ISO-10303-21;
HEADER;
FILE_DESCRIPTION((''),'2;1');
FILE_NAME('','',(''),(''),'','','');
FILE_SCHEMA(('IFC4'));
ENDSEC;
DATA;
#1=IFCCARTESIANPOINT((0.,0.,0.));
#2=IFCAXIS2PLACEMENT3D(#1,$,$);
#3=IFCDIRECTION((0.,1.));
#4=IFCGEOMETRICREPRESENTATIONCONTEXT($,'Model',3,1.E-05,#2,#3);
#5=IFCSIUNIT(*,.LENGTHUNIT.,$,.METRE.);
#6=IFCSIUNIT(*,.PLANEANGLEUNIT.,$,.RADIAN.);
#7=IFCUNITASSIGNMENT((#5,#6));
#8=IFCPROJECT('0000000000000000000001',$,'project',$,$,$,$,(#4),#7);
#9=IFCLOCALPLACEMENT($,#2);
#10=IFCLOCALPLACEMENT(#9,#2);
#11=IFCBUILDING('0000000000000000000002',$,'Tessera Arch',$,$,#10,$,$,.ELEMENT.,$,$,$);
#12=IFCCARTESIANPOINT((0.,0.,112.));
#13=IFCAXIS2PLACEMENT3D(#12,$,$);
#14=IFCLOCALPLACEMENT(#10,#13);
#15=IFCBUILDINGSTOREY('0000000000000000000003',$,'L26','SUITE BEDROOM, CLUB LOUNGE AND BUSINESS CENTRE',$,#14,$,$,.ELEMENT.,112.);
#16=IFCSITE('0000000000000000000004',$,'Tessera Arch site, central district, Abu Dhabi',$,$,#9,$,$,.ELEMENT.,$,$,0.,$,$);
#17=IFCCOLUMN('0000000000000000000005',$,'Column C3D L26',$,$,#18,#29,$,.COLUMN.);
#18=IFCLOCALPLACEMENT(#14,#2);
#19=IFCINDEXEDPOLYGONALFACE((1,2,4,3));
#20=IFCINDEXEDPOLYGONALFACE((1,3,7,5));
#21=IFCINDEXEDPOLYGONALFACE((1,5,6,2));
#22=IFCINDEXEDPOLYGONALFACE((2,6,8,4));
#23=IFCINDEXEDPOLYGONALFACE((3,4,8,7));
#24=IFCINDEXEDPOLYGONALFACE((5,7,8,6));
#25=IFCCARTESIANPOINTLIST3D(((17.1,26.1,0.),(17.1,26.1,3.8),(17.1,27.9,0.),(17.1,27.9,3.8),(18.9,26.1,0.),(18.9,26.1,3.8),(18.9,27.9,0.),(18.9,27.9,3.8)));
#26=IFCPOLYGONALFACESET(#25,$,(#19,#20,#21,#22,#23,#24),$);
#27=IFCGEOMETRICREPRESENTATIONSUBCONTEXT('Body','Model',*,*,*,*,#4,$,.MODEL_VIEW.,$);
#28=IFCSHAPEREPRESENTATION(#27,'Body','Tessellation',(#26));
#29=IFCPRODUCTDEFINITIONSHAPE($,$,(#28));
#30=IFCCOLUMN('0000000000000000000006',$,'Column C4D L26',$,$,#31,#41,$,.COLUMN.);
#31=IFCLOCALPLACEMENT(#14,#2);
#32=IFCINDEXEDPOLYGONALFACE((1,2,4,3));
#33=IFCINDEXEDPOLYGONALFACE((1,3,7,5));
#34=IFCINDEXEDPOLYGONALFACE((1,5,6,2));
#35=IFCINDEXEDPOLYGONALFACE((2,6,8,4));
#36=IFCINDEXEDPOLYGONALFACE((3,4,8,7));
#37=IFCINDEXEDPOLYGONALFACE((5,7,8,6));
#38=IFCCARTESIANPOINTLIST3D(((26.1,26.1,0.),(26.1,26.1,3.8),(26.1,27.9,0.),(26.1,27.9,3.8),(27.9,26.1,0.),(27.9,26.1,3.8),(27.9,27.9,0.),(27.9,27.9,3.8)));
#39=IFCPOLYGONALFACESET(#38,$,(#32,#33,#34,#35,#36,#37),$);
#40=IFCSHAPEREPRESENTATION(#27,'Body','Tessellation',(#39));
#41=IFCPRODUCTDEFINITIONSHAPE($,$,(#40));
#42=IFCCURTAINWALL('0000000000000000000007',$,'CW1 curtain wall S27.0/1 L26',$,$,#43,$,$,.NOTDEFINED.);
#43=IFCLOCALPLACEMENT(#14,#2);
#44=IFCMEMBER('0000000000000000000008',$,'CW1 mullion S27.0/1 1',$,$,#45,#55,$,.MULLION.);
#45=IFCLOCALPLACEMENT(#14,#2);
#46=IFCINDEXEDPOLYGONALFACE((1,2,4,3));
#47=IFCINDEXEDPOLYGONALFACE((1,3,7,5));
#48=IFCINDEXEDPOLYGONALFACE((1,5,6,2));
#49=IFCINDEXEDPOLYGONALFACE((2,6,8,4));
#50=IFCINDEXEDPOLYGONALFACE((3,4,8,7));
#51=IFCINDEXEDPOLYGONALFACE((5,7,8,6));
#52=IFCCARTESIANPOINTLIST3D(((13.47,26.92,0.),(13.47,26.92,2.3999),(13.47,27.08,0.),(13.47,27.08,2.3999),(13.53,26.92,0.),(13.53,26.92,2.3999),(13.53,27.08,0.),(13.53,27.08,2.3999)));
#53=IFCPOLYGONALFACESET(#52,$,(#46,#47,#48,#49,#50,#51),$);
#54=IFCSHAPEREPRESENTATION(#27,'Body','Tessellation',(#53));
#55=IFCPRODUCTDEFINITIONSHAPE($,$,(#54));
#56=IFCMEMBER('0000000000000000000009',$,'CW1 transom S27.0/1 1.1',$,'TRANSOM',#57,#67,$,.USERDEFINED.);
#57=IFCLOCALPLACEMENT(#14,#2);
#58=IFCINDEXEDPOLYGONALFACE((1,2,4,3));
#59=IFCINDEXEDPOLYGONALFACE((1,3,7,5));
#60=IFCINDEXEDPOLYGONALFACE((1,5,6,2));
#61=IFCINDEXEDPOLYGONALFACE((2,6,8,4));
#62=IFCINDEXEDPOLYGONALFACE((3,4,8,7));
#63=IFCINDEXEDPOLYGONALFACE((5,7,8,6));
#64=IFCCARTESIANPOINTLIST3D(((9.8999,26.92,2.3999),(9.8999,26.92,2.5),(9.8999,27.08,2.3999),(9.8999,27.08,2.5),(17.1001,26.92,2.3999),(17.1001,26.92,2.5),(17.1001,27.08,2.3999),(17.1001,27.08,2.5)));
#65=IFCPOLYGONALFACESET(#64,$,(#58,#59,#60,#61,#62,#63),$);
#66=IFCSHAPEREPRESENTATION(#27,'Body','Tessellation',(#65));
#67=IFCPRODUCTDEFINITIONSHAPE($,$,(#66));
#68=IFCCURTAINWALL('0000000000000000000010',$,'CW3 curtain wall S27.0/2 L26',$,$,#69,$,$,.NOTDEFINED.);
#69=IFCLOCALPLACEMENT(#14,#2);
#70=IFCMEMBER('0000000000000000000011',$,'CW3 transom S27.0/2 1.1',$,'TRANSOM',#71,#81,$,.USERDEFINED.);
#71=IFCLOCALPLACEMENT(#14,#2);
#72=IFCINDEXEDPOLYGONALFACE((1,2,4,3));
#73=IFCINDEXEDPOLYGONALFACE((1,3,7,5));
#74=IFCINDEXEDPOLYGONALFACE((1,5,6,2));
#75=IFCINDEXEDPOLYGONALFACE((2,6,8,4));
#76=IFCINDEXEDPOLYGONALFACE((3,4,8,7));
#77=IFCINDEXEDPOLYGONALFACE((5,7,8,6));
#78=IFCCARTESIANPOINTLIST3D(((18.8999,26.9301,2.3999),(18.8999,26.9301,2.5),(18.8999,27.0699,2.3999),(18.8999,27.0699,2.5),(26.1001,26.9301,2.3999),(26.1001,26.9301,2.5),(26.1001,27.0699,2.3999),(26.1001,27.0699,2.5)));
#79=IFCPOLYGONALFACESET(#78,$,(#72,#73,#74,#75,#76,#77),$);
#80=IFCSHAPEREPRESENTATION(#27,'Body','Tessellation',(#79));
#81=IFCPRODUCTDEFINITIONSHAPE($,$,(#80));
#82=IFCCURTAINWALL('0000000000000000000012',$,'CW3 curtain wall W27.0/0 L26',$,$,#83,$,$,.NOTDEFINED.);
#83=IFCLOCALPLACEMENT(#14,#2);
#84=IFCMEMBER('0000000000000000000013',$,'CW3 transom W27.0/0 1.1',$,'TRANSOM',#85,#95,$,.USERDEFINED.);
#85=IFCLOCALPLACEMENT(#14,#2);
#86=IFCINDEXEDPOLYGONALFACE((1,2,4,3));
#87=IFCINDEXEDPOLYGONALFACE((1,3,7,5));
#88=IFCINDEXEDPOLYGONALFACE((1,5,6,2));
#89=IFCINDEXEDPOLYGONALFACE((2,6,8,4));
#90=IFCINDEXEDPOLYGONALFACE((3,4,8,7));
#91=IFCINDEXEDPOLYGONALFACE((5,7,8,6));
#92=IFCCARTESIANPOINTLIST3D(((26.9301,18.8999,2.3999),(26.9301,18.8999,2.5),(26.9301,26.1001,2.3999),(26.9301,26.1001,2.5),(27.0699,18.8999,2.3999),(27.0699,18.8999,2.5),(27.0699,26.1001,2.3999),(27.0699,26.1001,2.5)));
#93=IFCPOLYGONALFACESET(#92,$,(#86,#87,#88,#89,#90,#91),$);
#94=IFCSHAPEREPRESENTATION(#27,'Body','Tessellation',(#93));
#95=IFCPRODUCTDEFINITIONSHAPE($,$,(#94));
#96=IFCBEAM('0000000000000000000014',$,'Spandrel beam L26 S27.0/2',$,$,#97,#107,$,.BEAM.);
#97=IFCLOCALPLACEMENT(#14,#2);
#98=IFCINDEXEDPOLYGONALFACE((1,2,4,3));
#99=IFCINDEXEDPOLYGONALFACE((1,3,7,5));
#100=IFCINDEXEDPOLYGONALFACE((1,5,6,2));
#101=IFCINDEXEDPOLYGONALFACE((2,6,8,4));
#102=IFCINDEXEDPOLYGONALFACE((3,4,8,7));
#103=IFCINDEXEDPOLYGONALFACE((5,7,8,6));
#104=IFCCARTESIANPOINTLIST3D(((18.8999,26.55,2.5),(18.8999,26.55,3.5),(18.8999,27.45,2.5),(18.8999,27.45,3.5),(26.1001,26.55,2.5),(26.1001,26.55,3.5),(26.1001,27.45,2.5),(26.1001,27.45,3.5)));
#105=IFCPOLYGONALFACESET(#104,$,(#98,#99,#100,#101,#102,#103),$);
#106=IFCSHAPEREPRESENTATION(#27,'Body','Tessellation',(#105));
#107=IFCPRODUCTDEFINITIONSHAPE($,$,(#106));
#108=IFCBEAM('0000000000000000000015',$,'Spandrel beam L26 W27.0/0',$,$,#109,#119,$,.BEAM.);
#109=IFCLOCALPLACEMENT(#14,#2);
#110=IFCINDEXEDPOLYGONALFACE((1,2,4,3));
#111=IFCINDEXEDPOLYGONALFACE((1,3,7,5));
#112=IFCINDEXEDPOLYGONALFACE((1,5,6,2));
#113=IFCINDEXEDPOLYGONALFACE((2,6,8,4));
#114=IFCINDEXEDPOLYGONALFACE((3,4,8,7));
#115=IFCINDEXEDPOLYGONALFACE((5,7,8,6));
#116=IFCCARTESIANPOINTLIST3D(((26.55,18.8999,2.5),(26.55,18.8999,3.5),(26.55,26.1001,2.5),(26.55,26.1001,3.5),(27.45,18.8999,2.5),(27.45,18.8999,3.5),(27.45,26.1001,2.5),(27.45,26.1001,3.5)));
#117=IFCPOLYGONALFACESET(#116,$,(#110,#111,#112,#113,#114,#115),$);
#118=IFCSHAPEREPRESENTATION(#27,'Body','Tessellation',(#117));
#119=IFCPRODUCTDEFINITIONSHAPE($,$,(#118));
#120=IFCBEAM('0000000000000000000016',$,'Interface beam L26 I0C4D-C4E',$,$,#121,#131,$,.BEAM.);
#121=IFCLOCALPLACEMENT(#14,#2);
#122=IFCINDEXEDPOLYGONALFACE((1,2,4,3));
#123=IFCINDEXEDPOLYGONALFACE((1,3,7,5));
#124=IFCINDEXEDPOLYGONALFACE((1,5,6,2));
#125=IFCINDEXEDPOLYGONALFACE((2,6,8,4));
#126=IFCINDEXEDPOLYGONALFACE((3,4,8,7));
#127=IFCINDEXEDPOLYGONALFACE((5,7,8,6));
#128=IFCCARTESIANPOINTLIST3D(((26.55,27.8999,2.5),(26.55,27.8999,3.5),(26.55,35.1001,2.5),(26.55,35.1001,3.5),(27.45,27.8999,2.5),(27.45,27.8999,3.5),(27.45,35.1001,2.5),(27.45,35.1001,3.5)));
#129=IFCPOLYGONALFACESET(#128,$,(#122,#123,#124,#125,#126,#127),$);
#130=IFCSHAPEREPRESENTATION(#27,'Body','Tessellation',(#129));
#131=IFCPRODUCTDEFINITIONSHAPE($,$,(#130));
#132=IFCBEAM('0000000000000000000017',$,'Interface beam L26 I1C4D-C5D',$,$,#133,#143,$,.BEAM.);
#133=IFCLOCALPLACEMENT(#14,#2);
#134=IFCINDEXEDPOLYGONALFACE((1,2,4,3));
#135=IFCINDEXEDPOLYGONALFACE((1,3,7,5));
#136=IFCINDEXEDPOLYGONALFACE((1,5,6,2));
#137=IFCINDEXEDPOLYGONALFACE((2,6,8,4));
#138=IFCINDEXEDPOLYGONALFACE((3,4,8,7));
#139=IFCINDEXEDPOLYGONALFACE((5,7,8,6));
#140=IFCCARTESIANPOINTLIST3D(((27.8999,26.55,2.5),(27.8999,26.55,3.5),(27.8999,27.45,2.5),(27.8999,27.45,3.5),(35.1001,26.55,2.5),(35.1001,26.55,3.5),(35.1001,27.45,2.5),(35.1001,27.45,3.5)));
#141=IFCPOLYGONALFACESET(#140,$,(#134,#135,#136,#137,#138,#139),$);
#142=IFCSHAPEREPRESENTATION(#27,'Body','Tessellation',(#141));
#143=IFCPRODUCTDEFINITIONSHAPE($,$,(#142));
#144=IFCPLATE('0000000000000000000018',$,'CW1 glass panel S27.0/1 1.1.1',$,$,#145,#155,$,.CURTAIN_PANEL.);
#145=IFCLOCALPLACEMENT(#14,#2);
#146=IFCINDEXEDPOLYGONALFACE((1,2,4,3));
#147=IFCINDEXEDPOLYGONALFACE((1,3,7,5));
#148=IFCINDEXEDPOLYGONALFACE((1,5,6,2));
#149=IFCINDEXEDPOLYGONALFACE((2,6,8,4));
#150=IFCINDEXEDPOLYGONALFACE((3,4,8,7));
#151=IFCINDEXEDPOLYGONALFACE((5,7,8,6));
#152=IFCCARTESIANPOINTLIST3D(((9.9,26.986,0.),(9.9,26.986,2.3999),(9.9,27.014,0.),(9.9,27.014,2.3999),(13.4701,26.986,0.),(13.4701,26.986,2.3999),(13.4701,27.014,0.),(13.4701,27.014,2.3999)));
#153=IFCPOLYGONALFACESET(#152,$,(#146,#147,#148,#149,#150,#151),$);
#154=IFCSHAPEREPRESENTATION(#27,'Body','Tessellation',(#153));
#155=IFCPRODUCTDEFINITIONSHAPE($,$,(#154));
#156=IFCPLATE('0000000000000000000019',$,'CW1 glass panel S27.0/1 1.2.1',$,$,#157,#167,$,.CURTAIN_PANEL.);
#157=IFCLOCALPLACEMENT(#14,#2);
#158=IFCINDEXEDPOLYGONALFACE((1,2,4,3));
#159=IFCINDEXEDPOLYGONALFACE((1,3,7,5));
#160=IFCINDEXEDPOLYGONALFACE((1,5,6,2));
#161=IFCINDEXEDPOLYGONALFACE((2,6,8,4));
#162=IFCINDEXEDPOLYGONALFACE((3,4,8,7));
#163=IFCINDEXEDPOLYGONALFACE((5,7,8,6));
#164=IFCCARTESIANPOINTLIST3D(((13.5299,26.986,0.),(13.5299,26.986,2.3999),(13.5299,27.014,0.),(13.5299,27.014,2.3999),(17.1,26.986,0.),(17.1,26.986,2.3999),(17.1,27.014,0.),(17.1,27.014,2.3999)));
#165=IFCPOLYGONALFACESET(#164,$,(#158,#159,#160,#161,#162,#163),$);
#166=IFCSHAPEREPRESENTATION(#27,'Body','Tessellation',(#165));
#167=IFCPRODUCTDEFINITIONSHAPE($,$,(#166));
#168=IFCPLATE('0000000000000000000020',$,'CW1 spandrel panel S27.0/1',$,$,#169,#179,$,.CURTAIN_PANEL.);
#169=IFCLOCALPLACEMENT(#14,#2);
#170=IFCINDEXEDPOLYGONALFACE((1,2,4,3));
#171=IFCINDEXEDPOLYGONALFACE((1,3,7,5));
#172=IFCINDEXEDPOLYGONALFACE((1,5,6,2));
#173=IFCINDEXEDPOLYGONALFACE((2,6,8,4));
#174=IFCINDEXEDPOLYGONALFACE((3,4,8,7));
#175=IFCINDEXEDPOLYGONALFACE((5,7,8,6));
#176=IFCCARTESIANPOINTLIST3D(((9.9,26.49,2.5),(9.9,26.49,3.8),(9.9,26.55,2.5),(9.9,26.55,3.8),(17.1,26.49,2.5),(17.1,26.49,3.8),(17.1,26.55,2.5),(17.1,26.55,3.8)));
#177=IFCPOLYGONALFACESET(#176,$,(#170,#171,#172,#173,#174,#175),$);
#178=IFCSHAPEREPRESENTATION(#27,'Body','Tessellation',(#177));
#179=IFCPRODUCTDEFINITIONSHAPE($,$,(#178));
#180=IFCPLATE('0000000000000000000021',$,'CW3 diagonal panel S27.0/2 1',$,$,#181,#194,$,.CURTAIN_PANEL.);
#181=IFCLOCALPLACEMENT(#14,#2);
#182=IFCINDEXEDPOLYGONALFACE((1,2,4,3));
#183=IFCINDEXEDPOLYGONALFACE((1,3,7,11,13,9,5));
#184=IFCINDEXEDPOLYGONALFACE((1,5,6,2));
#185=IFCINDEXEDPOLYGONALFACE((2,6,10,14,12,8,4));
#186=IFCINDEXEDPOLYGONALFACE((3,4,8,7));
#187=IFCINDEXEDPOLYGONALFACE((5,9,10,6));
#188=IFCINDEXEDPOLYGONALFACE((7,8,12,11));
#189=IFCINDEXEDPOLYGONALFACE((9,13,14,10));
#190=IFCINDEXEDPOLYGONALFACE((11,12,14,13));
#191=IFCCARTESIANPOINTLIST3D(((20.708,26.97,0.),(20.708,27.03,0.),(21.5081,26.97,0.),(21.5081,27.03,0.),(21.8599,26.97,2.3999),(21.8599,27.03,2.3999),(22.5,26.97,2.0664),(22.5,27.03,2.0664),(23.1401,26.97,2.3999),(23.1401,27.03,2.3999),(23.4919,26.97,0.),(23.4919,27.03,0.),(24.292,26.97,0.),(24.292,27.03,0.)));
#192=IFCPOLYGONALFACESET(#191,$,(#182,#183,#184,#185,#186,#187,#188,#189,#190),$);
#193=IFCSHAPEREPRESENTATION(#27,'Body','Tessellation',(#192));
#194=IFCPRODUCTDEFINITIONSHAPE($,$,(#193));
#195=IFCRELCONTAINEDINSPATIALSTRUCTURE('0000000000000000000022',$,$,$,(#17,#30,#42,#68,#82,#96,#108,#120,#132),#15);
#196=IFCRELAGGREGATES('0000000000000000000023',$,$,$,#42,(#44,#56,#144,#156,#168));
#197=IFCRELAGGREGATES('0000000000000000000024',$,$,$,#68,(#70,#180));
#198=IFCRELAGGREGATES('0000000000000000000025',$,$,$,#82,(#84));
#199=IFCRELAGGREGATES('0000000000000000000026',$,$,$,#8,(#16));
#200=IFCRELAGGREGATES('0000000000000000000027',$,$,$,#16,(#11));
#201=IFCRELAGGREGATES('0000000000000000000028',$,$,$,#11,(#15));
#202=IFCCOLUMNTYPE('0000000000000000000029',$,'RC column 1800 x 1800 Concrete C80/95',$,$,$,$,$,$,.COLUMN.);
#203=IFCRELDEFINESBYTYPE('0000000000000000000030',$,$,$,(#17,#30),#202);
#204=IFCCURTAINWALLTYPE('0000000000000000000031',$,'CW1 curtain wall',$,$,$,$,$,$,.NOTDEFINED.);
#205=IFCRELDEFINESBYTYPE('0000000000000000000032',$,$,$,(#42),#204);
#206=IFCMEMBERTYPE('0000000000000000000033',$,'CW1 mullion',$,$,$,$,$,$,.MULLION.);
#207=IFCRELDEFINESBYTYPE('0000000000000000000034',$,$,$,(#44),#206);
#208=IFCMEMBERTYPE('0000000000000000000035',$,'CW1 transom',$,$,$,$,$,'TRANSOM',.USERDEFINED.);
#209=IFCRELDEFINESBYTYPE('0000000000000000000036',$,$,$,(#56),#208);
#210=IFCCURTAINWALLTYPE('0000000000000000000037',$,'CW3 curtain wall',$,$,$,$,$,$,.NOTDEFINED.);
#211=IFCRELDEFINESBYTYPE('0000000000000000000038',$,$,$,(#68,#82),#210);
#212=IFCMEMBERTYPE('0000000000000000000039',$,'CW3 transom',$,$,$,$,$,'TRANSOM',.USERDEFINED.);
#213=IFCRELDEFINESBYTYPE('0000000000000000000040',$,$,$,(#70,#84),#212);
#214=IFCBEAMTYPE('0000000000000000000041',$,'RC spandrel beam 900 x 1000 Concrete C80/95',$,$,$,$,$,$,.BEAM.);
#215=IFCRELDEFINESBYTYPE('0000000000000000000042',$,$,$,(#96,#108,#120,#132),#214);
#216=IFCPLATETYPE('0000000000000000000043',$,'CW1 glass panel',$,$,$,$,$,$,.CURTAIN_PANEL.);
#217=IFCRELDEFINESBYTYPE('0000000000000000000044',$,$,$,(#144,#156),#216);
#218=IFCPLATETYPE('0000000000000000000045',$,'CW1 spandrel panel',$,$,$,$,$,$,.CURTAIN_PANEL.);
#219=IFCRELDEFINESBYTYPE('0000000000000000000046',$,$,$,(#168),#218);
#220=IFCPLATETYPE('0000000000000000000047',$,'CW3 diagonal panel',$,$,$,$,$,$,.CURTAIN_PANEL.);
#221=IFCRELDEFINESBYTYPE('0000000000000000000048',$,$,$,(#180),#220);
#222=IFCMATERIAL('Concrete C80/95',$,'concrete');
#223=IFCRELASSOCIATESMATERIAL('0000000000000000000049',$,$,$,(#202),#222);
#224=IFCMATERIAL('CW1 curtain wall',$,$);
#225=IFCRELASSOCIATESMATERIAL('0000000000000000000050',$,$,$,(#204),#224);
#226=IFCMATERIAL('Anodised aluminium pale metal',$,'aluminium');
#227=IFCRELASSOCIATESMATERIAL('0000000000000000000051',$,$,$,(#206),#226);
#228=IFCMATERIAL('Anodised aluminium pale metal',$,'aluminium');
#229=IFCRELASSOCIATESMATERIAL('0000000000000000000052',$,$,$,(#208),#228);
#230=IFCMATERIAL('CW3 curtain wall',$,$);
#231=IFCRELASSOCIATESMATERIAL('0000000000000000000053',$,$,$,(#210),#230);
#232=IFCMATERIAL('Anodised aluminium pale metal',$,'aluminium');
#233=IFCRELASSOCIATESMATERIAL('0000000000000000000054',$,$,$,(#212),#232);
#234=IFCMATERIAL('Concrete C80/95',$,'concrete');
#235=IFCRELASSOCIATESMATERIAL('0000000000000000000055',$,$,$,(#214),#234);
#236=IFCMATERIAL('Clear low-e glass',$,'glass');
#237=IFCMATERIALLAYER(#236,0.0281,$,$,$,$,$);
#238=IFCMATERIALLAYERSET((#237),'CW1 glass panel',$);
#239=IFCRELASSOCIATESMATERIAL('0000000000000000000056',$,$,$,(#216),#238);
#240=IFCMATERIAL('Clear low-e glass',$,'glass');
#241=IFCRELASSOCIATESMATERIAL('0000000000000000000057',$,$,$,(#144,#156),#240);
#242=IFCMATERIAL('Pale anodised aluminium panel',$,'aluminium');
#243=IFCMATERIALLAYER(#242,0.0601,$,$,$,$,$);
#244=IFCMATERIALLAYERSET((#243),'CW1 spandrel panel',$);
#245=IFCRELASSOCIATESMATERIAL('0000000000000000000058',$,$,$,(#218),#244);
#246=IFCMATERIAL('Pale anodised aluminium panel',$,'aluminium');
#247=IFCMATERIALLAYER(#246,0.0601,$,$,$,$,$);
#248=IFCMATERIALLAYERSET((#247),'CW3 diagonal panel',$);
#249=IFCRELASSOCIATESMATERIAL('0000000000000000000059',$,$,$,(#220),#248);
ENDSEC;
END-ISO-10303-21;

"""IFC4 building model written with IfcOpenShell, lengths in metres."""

from ifc_helpers import new_model, si_unit, direction, frame, origin, origin_2d, place, context, subcontext, project, spatial, polyline, rectangle, outline, extrude, material, layer, layer_set, material_profile, profile_set, type_object, element, aggregate, save


model = new_model("IFC4")

# Units and contexts
model_context = context("Model", 3, precision=1e-05, world=origin(), true_north=direction((0.0, 1.0)))
body_context = subcontext(model_context, "Body", "Model", "MODEL_VIEW")
ifc_project = project(units=[si_unit("LENGTHUNIT", "METRE"), si_unit("PLANEANGLEUNIT", "RADIAN")], contexts=[model_context])

# Site, building, storey
site_placement = place(None, origin())
site = spatial("IfcSite", under=ifc_project, at=site_placement, Name="Tessera Arch site, central district, Abu Dhabi", CompositionType="ELEMENT", RefElevation=0.0)
building_placement = place(site_placement, origin())
building = spatial("IfcBuilding", under=site, at=building_placement, Name="Tessera Arch", CompositionType="ELEMENT")
storey_placement = place(building_placement, frame((0.0, 0.0, 112.0)))
storey = spatial("IfcBuildingStorey", under=building, at=storey_placement, Name="L26", Description="SUITE BEDROOM, CLUB LOUNGE AND BUSINESS CENTRE", CompositionType="ELEMENT", Elevation=112.0)

# Columns
ifc_material_1 = material(Name="Concrete C80/95", Category="concrete")
ifc_material_profile_1 = material_profile(ifc_material_1, rectangle(XDim=1.8, YDim=1.8, at=origin_2d()), Name="RC column 1800 x 1800 Concrete C80/95")
ifc_profile_set_1 = profile_set([ifc_material_profile_1], Name="Concrete C80/95")
column_type = type_object("IfcColumnType", Name="RC column 1800 x 1800 Concrete C80/95", PredefinedType="COLUMN", material=ifc_profile_set_1)
for number, where, z_axis, x_axis, name in (
    (1, (18.0, 27.0, 0.0), (0.0, 0.0, 1.0), (1.0, 0.0, 0.0), "Column C3D L26"),
    (2, (27.0, 27.0, 0.0), (0.0, 0.0, 1.0), (1.0, 0.0, 0.0), "Column C4D L26"),
):
    element("IfcColumn", number, at=place(storey_placement, frame(where, z_axis=z_axis, x_axis=x_axis)), inside=storey, type_object=column_type, Name=name, PredefinedType="COLUMN", context=body_context, shape_type="SweptSolid", body=[
        extrude(rectangle(XDim=1.8, YDim=1.8, at=origin_2d()), origin(), (0.0, 0.0, 1.0), 3.8),
    ])

# Curtain wall, members
ifc_material_2 = material(Name="CW1 curtain wall")
curtain_wall_type_1 = type_object("IfcCurtainWallType", Name="CW1 curtain wall", PredefinedType="NOTDEFINED", material=ifc_material_2)
curtain_wall_1_placement = place(storey_placement, origin())
curtain_wall_1 = element("IfcCurtainWall", 3, at=curtain_wall_1_placement, inside=storey, type_object=curtain_wall_type_1, Name="CW1 curtain wall S27.0/1 L26", PredefinedType="NOTDEFINED")
ifc_material_3 = material(Name="Anodised aluminium pale metal", Category="aluminium")
ifc_material_profile_2 = material_profile(ifc_material_3, rectangle(XDim=0.1599, YDim=0.0601, at=origin_2d()), Name="AL 60x160")
ifc_profile_set_2 = profile_set([ifc_material_profile_2], Name="Anodised aluminium pale metal")
member_type_1 = type_object("IfcMemberType", Name="CW1 mullion", PredefinedType="MULLION", material=ifc_profile_set_2)
member_1_placement = place(storey_placement, frame((13.5, 27.0, 0.0), z_axis=(0.0, 0.0, 1.0), x_axis=(0.0, 1.0, 0.0)))
member_1 = element("IfcMember", 4, at=member_1_placement, type_object=member_type_1, Name="CW1 mullion S27.0/1 1", PredefinedType="MULLION", context=body_context, shape_type="SweptSolid", body=[
    extrude(rectangle(XDim=0.1599, YDim=0.0601, at=origin_2d()), origin(), (0.0, 0.0, 1.0), 2.3999),
])
ifc_material_4 = material(Name="Anodised aluminium pale metal", Category="aluminium")
ifc_material_profile_3 = material_profile(ifc_material_4, rectangle(XDim=0.1599, YDim=0.1001, at=origin_2d()), Name="AL 160x100")
ifc_profile_set_3 = profile_set([ifc_material_profile_3], Name="Anodised aluminium pale metal")
member_type_2 = type_object("IfcMemberType", Name="CW1 transom", ElementType="TRANSOM", PredefinedType="USERDEFINED", material=ifc_profile_set_3)
member_2_placement = place(storey_placement, frame((9.8999, 27.0, 2.45), z_axis=(1.0, 0.0, 0.0), x_axis=(0.0, 1.0, 0.0)))
member_2 = element("IfcMember", 5, at=member_2_placement, type_object=member_type_2, Name="CW1 transom S27.0/1 1.1", ObjectType="TRANSOM", PredefinedType="USERDEFINED", context=body_context, shape_type="SweptSolid", body=[
    extrude(rectangle(XDim=0.1599, YDim=0.1001, at=origin_2d()), origin(), (0.0, 0.0, 1.0), 7.2002),
])

# Curtain walls, members
ifc_material_5 = material(Name="CW3 curtain wall")
curtain_wall_type_2 = type_object("IfcCurtainWallType", Name="CW3 curtain wall", PredefinedType="NOTDEFINED", material=ifc_material_5)
curtain_wall_2_placement = place(storey_placement, origin())
curtain_wall_2 = element("IfcCurtainWall", 6, at=curtain_wall_2_placement, inside=storey, type_object=curtain_wall_type_2, Name="CW3 curtain wall S27.0/2 L26", PredefinedType="NOTDEFINED")
ifc_material_6 = material(Name="Anodised aluminium pale metal", Category="aluminium")
ifc_material_profile_4 = material_profile(ifc_material_6, rectangle(XDim=0.1399, YDim=0.1001, at=origin_2d()), Name="AL 140x100")
ifc_profile_set_4 = profile_set([ifc_material_profile_4], Name="Anodised aluminium pale metal")
member_type_3 = type_object("IfcMemberType", Name="CW3 transom", ElementType="TRANSOM", PredefinedType="USERDEFINED", material=ifc_profile_set_4)
member_3_placement = place(storey_placement, frame((18.8999, 27.0, 2.45), z_axis=(1.0, 0.0, 0.0), x_axis=(0.0, 1.0, 0.0)))
member_3 = element("IfcMember", 7, at=member_3_placement, type_object=member_type_3, Name="CW3 transom S27.0/2 1.1", ObjectType="TRANSOM", PredefinedType="USERDEFINED", context=body_context, shape_type="SweptSolid", body=[
    extrude(rectangle(XDim=0.1399, YDim=0.1001, at=origin_2d()), origin(), (0.0, 0.0, 1.0), 7.2002),
])
curtain_wall_3_placement = place(storey_placement, origin())
curtain_wall_3 = element("IfcCurtainWall", 8, at=curtain_wall_3_placement, inside=storey, type_object=curtain_wall_type_2, Name="CW3 curtain wall W27.0/0 L26", PredefinedType="NOTDEFINED")
member_4_placement = place(storey_placement, frame((27.0, 26.1001, 2.45), z_axis=(0.0, -1.0, 0.0), x_axis=(1.0, 0.0, 0.0)))
member_4 = element("IfcMember", 9, at=member_4_placement, type_object=member_type_3, Name="CW3 transom W27.0/0 1.1", ObjectType="TRANSOM", PredefinedType="USERDEFINED", context=body_context, shape_type="SweptSolid", body=[
    extrude(rectangle(XDim=0.1399, YDim=0.1001, at=origin_2d()), origin(), (0.0, 0.0, 1.0), 7.2002),
])

# Beams
ifc_material_7 = material(Name="Concrete C80/95", Category="concrete")
ifc_material_profile_5 = material_profile(ifc_material_7, rectangle(XDim=0.8999, YDim=1.0, at=origin_2d()), Name="RC spandrel beam 900 x 1000 Concrete C80/95")
ifc_profile_set_5 = profile_set([ifc_material_profile_5], Name="Concrete C80/95")
beam_type = type_object("IfcBeamType", Name="RC spandrel beam 900 x 1000 Concrete C80/95", PredefinedType="BEAM", material=ifc_profile_set_5)
for number, where, z_axis, x_axis, name in (
    (10, (18.8999, 27.0, 3.0), (1.0, 0.0, 0.0), (0.0, 1.0, 0.0), "Spandrel beam L26 S27.0/2"),
    (11, (27.0, 26.1001, 3.0), (0.0, -1.0, 0.0), (1.0, 0.0, 0.0), "Spandrel beam L26 W27.0/0"),
    (12, (27.0, 27.8999, 3.0), (0.0, 1.0, 0.0), (-1.0, 0.0, 0.0), "Interface beam L26 I0C4D-C4E"),
    (13, (27.8999, 27.0, 3.0), (1.0, 0.0, 0.0), (0.0, 1.0, 0.0), "Interface beam L26 I1C4D-C5D"),
):
    element("IfcBeam", number, at=place(storey_placement, frame(where, z_axis=z_axis, x_axis=x_axis)), inside=storey, type_object=beam_type, Name=name, PredefinedType="BEAM", context=body_context, shape_type="SweptSolid", body=[
        extrude(rectangle(XDim=0.8999, YDim=1.0, at=origin_2d()), origin(), (0.0, 0.0, 1.0), 7.2002),
    ])

# Plates
ifc_material_8 = material(Name="Clear low-e glass", Category="glass")
ifc_material_9 = material(Name="Clear low-e glass", Category="glass")
ifc_layer_1 = layer(ifc_material_9, 0.0281)
ifc_layer_set_1 = layer_set([ifc_layer_1], Name="CW1 glass panel")
plate_type_1 = type_object("IfcPlateType", Name="CW1 glass panel", PredefinedType="CURTAIN_PANEL", material=ifc_layer_set_1)
plate_1_placement = place(storey_placement, frame((11.6851, 27.0, 0.0), z_axis=(0.0, 0.0, 1.0), x_axis=(1.0, 0.0, 0.0)))
plate_1 = element("IfcPlate", 14, at=plate_1_placement, type_object=plate_type_1, material=ifc_material_8, Name="CW1 glass panel S27.0/1 1.1.1", PredefinedType="CURTAIN_PANEL", context=body_context, shape_type="SweptSolid", body=[
    extrude(rectangle(XDim=3.5701, YDim=0.0281, at=origin_2d()), origin(), (0.0, 0.0, 1.0), 2.3999),
])
plate_2_placement = place(storey_placement, frame((15.3149, 27.0, 0.0), z_axis=(0.0, 0.0, 1.0), x_axis=(1.0, 0.0, 0.0)))
plate_2 = element("IfcPlate", 15, at=plate_2_placement, type_object=plate_type_1, material=ifc_material_8, Name="CW1 glass panel S27.0/1 1.2.1", PredefinedType="CURTAIN_PANEL", context=body_context, shape_type="SweptSolid", body=[
    extrude(rectangle(XDim=3.5701, YDim=0.0281, at=origin_2d()), origin(), (0.0, 0.0, 1.0), 2.3999),
])
ifc_material_10 = material(Name="Pale anodised aluminium panel", Category="aluminium")
ifc_layer_2 = layer(ifc_material_10, 0.0601)
ifc_layer_set_2 = layer_set([ifc_layer_2], Name="CW1 spandrel panel")
plate_type_2 = type_object("IfcPlateType", Name="CW1 spandrel panel", PredefinedType="CURTAIN_PANEL", material=ifc_layer_set_2)
plate_3_placement = place(storey_placement, frame((13.5, 26.52, 2.5), z_axis=(0.0, 0.0, 1.0), x_axis=(1.0, 0.0, 0.0)))
plate_3 = element("IfcPlate", 16, at=plate_3_placement, type_object=plate_type_2, Name="CW1 spandrel panel S27.0/1", PredefinedType="CURTAIN_PANEL", context=body_context, shape_type="SweptSolid", body=[
    extrude(rectangle(XDim=7.2, YDim=0.0601, at=origin_2d()), origin(), (0.0, 0.0, 1.0), 1.3),
])
aggregate(curtain_wall_1, [member_1, member_2, plate_1, plate_2, plate_3])
ifc_material_11 = material(Name="Pale anodised aluminium panel", Category="aluminium")
ifc_layer_3 = layer(ifc_material_11, 0.0601)
ifc_layer_set_3 = layer_set([ifc_layer_3], Name="CW3 diagonal panel")
plate_type_3 = type_object("IfcPlateType", Name="CW3 diagonal panel", PredefinedType="CURTAIN_PANEL", material=ifc_layer_set_3)
plate_4_placement = place(storey_placement, frame((23.1401, 26.97, 2.3999), z_axis=(0.0, -1.0, 0.0), x_axis=(-1.0, 0.0, 0.0)))
plate_4 = element("IfcPlate", 17, at=plate_4_placement, type_object=plate_type_3, Name="CW3 diagonal panel S27.0/2 1", PredefinedType="CURTAIN_PANEL", context=body_context, shape_type="SweptSolid", body=[
    extrude(outline(polyline([(0.0, 0.0), (1.2803, 0.0), (2.4321, 2.3999), (1.6321, 2.3999), (0.6401, 0.3335), (-0.3518, 2.3999), (-1.1519, 2.3999), (0.0, 0.0)])), origin(), (0.0, 0.0, -1.0), 0.0601),
])
aggregate(curtain_wall_2, [member_3, plate_4])
aggregate(curtain_wall_3, [member_4])

save(model, "model.ifc")
